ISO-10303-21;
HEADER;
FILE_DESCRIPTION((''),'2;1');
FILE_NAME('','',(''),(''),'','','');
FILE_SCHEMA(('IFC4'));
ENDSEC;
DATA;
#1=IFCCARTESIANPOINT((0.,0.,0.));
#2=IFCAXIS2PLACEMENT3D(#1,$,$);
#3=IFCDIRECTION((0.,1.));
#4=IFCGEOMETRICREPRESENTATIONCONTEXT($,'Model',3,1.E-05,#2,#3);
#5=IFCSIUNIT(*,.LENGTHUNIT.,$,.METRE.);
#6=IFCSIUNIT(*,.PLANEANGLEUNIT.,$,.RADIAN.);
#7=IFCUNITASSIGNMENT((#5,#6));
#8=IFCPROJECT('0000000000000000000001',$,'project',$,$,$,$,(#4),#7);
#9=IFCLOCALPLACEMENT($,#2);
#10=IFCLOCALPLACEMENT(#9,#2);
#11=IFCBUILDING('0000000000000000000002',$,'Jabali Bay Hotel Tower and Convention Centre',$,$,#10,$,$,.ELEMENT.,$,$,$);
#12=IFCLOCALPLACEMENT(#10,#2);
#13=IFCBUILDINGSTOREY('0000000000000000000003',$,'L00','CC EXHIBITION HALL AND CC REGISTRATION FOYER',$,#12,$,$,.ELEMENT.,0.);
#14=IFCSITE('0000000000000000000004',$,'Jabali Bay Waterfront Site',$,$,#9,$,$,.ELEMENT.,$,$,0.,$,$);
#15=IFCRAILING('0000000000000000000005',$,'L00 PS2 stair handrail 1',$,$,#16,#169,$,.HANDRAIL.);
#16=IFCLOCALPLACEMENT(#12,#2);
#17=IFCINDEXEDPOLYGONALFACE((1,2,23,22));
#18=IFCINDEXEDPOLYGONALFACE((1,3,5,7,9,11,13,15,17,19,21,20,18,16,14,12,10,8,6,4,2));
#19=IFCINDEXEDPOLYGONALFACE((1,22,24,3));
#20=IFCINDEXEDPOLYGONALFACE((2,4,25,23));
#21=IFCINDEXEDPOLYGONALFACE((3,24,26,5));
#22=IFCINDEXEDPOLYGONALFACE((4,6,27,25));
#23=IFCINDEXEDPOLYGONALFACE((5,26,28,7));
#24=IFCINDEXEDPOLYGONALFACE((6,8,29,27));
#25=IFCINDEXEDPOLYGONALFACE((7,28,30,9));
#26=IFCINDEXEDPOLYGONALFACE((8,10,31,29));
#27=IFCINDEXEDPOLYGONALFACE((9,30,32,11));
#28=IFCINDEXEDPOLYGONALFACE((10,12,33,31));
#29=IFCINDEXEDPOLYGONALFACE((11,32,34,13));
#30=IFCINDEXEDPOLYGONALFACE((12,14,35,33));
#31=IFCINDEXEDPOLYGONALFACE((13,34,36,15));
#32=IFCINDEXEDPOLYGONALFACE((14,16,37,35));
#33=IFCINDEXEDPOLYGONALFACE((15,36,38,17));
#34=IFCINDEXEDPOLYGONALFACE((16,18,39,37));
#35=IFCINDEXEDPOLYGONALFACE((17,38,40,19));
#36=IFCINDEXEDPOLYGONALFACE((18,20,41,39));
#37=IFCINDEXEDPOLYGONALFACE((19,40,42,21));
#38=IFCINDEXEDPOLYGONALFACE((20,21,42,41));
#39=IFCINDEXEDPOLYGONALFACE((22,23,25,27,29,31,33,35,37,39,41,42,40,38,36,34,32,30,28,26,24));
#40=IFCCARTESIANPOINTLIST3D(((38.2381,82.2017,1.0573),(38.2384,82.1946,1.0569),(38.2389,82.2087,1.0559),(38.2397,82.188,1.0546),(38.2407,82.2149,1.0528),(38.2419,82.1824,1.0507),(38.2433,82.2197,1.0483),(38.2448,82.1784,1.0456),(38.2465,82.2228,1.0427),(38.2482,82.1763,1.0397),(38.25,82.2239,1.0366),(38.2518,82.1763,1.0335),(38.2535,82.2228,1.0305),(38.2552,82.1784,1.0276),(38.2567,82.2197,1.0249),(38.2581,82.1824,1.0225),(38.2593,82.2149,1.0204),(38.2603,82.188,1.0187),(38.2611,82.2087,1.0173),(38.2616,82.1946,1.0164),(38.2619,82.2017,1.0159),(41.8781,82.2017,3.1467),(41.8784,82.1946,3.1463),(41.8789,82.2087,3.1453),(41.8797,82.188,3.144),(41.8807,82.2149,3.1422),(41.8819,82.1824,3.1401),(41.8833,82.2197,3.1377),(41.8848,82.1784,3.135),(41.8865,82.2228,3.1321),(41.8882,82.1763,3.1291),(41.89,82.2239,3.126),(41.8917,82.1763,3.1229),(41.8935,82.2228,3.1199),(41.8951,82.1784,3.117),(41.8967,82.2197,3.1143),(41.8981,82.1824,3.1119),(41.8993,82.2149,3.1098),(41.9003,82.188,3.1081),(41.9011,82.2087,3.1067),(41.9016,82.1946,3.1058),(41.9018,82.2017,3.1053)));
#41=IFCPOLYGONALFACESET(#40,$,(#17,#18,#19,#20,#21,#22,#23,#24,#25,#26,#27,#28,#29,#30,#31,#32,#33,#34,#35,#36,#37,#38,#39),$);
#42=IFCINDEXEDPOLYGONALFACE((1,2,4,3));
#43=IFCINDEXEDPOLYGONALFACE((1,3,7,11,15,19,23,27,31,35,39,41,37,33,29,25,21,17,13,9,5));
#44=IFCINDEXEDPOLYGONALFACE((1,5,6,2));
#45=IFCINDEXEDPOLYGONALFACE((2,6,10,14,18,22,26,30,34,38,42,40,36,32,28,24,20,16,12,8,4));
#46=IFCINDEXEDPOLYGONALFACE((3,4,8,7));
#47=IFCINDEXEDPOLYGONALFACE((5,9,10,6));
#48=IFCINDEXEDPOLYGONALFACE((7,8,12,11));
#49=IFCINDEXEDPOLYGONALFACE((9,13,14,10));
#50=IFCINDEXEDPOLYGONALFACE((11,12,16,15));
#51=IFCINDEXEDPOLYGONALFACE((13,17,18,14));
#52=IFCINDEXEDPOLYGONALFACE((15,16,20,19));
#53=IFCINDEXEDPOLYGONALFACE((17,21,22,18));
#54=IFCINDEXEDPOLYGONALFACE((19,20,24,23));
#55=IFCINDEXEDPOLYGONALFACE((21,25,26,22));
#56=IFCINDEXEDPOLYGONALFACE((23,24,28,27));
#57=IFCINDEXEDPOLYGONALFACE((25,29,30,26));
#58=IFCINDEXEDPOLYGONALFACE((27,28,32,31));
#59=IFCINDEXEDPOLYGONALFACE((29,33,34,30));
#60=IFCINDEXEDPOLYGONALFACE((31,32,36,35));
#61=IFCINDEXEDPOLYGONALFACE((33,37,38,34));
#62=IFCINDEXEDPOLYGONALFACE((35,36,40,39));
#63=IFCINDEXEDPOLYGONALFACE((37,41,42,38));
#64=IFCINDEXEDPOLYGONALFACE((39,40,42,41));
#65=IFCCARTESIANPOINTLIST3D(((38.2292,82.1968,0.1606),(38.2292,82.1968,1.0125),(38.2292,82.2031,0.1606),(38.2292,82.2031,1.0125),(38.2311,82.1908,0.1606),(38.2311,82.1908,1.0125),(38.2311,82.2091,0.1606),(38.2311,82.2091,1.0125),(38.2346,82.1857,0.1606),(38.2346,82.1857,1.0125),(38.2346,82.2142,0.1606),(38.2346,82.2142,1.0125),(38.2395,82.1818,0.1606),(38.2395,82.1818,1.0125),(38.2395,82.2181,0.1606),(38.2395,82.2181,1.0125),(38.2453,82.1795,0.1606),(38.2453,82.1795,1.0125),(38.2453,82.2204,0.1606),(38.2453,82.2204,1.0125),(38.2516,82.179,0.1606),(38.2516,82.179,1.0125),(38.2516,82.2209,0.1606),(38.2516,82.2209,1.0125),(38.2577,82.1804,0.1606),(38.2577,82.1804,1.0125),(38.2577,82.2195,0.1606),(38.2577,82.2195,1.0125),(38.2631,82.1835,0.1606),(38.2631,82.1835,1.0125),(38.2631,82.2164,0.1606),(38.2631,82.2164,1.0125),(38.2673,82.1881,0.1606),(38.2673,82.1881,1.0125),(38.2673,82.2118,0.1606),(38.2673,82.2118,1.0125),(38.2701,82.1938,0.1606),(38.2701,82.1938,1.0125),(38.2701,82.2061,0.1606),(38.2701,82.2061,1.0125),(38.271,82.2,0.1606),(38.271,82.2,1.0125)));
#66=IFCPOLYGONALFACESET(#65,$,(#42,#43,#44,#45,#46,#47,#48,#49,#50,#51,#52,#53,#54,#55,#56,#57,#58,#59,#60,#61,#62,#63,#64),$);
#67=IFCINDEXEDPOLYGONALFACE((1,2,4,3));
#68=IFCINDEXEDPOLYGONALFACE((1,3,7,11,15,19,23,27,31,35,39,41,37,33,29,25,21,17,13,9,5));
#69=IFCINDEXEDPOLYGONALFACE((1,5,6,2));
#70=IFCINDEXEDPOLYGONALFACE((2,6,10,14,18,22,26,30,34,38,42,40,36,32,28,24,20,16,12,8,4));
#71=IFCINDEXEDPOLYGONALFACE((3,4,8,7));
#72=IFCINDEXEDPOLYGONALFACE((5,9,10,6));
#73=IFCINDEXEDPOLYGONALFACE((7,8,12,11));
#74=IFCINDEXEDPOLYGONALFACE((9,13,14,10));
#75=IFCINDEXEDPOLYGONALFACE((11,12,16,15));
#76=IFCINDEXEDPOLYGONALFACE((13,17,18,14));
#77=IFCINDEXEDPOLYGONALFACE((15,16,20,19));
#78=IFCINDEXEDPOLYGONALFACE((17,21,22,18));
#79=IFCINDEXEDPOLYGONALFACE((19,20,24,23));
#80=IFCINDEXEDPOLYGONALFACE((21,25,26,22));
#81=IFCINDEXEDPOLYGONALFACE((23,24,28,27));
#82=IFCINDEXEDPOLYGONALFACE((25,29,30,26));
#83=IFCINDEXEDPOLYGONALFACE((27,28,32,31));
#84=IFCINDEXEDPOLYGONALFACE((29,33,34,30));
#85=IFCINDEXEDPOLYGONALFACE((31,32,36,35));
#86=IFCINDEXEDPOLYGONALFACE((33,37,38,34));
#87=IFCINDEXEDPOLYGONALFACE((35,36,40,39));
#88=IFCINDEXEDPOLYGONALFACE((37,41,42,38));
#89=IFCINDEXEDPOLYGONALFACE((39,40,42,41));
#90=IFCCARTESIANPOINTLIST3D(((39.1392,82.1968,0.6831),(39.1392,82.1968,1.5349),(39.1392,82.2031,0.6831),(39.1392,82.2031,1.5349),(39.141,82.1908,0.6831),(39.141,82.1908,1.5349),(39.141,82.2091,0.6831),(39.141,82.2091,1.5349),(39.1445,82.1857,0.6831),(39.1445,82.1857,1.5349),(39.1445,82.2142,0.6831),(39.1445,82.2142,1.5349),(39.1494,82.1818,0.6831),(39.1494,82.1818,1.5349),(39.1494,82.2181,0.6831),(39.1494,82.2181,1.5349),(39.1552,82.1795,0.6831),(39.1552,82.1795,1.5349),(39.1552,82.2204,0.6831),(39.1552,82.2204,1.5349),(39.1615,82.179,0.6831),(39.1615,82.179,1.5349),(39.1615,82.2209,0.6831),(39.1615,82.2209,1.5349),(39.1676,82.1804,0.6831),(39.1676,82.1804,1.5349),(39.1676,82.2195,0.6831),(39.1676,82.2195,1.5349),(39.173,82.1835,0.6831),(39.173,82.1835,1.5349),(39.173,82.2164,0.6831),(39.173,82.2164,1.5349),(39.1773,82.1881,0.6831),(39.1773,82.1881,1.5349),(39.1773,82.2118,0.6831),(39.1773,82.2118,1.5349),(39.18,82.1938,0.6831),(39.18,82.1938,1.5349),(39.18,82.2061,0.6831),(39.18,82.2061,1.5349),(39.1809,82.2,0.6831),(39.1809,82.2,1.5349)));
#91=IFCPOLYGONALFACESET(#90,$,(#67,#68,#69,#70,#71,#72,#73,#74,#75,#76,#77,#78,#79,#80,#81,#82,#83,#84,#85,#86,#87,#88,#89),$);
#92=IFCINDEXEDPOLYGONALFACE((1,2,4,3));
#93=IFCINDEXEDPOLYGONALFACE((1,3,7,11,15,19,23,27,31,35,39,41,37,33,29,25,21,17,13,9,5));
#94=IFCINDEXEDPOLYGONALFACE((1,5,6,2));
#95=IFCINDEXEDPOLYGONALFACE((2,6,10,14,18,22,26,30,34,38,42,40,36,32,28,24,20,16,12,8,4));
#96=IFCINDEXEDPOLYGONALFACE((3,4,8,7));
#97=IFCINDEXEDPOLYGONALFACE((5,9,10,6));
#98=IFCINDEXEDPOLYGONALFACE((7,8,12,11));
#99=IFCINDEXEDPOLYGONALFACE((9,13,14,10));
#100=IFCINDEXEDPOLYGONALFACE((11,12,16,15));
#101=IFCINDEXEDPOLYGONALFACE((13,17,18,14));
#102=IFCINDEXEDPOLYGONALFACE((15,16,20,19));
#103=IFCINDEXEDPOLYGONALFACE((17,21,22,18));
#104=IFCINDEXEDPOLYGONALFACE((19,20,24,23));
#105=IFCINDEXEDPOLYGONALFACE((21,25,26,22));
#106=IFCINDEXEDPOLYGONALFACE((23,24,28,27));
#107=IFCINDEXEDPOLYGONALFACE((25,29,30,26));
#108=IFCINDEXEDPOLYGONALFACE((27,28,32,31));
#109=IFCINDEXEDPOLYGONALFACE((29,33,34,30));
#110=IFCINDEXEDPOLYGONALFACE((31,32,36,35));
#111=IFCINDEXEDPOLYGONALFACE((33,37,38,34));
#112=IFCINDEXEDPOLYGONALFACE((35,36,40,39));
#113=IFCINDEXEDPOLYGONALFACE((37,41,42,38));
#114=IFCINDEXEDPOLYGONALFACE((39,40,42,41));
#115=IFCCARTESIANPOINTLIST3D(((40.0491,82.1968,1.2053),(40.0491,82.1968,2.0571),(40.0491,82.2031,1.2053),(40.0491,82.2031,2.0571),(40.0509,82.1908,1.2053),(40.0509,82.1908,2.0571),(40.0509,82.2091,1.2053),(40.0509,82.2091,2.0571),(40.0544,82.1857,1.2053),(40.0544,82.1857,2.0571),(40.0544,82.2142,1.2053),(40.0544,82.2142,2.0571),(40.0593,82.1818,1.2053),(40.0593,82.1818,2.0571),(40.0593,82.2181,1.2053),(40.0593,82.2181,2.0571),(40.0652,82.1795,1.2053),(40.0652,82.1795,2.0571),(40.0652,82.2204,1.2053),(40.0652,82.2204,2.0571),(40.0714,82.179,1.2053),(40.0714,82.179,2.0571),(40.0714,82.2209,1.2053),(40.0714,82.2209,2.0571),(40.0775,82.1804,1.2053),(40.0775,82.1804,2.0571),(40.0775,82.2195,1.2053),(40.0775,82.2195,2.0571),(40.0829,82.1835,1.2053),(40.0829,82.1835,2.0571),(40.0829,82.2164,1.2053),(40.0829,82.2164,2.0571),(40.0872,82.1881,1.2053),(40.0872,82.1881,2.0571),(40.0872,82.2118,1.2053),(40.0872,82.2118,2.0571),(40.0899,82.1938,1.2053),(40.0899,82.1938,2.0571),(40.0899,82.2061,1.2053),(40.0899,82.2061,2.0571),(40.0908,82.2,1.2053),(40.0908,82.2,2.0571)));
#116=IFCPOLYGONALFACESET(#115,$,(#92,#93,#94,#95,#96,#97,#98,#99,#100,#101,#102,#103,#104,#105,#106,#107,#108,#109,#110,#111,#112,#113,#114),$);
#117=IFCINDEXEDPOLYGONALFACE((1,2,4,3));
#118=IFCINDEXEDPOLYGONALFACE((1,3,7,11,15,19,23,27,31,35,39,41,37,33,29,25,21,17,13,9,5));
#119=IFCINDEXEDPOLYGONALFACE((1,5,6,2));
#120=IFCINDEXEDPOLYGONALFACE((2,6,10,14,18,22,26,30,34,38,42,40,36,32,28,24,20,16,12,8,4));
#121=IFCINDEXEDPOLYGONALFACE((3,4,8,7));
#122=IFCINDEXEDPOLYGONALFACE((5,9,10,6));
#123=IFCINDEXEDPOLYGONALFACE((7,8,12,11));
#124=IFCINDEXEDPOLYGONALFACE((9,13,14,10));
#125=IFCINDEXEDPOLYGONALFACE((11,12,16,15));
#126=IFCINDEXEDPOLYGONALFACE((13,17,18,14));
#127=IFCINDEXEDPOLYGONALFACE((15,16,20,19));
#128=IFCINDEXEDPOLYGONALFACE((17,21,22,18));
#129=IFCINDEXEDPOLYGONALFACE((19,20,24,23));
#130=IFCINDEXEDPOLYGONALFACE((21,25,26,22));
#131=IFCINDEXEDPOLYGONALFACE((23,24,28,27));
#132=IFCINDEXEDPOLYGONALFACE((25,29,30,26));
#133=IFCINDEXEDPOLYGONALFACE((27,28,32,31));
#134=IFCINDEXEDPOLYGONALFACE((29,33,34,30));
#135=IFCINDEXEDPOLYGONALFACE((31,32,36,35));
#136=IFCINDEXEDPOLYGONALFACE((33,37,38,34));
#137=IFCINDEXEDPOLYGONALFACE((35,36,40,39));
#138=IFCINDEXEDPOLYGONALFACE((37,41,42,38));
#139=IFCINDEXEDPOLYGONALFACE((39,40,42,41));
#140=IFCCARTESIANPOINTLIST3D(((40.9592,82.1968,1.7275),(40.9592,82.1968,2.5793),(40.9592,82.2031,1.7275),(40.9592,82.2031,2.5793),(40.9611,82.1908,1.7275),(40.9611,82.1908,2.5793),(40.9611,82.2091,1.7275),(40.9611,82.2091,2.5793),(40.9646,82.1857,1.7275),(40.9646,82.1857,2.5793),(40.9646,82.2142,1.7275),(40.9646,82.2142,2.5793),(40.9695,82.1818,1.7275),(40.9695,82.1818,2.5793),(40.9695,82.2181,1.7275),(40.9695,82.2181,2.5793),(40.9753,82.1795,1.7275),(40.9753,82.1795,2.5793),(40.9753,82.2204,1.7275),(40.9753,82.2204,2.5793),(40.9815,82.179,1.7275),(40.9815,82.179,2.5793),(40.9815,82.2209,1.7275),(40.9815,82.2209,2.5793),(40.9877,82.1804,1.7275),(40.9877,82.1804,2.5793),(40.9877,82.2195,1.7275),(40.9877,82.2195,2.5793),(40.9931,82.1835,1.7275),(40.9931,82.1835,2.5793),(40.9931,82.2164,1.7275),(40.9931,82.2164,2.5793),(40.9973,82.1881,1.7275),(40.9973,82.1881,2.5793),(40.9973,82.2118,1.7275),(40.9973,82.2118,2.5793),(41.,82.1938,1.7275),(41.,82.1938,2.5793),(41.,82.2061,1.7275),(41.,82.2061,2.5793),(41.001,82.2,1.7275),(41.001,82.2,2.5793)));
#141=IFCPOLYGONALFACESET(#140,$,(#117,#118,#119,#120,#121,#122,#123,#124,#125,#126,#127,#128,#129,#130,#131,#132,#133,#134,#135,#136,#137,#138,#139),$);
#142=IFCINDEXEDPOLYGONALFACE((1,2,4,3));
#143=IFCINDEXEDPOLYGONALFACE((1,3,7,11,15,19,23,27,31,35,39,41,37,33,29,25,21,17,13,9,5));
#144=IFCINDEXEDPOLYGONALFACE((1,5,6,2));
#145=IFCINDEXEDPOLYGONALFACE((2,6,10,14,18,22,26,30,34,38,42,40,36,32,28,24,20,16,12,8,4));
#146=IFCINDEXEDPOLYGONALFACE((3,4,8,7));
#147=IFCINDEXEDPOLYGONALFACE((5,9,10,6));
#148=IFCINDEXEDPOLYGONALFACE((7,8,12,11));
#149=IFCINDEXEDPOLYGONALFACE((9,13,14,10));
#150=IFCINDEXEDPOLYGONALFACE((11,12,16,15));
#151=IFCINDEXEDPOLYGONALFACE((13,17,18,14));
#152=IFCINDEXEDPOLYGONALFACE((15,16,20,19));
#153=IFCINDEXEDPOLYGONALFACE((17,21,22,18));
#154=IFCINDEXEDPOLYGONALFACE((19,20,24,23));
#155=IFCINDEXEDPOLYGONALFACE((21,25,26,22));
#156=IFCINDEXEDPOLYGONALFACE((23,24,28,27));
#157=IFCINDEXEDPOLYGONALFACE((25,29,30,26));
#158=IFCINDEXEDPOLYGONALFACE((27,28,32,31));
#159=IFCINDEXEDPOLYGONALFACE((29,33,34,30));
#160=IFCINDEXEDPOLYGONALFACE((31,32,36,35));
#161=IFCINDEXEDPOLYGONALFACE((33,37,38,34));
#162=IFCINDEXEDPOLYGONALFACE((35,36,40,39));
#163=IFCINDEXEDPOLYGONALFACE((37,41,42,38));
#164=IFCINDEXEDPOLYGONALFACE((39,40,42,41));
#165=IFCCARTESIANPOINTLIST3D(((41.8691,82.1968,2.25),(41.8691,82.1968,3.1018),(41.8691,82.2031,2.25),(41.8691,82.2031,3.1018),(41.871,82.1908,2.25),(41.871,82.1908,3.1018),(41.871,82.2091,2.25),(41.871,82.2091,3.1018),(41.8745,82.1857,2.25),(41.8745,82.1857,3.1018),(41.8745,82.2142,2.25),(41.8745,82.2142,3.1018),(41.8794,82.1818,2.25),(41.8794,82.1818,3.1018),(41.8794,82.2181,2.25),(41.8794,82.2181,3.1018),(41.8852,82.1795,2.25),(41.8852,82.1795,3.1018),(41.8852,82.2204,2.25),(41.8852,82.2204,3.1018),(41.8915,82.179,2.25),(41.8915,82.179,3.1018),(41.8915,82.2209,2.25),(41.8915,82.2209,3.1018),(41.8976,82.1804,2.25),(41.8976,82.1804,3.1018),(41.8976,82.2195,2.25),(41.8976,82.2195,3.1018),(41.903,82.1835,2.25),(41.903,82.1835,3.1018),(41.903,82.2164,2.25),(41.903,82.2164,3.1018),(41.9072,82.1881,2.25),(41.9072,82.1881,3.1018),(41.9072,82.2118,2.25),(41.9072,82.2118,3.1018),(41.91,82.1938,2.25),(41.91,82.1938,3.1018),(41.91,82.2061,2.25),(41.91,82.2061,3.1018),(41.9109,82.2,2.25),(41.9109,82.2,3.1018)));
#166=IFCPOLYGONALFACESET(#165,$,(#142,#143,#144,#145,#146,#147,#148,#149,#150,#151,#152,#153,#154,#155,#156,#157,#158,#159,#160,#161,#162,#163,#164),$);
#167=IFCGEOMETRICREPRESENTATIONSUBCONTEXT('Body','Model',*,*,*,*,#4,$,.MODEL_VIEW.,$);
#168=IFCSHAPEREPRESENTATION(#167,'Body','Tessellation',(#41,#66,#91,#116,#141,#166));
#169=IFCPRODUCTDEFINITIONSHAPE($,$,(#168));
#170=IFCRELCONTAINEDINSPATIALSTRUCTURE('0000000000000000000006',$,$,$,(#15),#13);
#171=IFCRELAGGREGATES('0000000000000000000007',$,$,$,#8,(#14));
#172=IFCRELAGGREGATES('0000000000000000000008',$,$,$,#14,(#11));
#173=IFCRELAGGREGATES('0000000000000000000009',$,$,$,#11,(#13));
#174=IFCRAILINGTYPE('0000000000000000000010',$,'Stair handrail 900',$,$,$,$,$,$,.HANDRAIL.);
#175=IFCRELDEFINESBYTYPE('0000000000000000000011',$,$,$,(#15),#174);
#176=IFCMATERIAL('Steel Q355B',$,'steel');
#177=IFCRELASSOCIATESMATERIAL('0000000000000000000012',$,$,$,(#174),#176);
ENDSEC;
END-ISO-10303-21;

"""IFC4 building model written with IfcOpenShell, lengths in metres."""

from ifc_helpers import new_model, si_unit, direction, frame, origin, origin_2d, place, context, subcontext, project, spatial, circle, extrude, material, type_object, element, save


model = new_model("IFC4")

# Units and contexts
model_context = context("Model", 3, precision=1e-05, world=origin(), true_north=direction((0.0, 1.0)))
body_context = subcontext(model_context, "Body", "Model", "MODEL_VIEW")
ifc_project = project(units=[si_unit("LENGTHUNIT", "METRE"), si_unit("PLANEANGLEUNIT", "RADIAN")], contexts=[model_context])

# Site, building, storey
site_placement = place(None, origin())
site = spatial("IfcSite", under=ifc_project, at=site_placement, Name="Jabali Bay Waterfront Site", CompositionType="ELEMENT", RefElevation=0.0)
building_placement = place(site_placement, origin())
building = spatial("IfcBuilding", under=site, at=building_placement, Name="Jabali Bay Hotel Tower and Convention Centre", CompositionType="ELEMENT")
storey_placement = place(building_placement, origin())
storey = spatial("IfcBuildingStorey", under=building, at=storey_placement, Name="L00", Description="CC EXHIBITION HALL AND CC REGISTRATION FOYER", CompositionType="ELEMENT", Elevation=0.0)

# Railing
ifc_material_1 = material(Name="Steel Q355B", Category="steel")
railing_type_1 = type_object("IfcRailingType", Name="Stair handrail 900", PredefinedType="HANDRAIL", material=ifc_material_1)
railing_1_placement = place(storey_placement, frame((38.25, 82.2, 0.1606)))
element("IfcRailing", 1, at=railing_1_placement, inside=storey, type_object=railing_type_1, Name="L00 PS2 stair handrail 1", PredefinedType="HANDRAIL", context=body_context, shape_type="SweptSolid", body=[
    extrude(circle(Radius=0.0239, at=origin_2d()), frame((0.0, 0.0, 0.876), z_axis=(0.867275, 0.0, 0.497829), x_axis=(0.0, 1.0, 0.0)), (0.0, 0.0, 1.0), 4.197),
    extrude(circle(Radius=0.021, at=origin_2d()), origin(), (0.0, 0.0, 1.0), 0.8518),
    extrude(circle(Radius=0.021, at=origin_2d()), frame((0.9099, 0.0, 0.5225)), (0.0, 0.0, 1.0), 0.8518),
    extrude(circle(Radius=0.021, at=origin_2d()), frame((1.8198, 0.0, 1.0447)), (0.0, 0.0, 1.0), 0.8518),
    extrude(circle(Radius=0.021, at=origin_2d()), frame((2.73, 0.0, 1.5669)), (0.0, 0.0, 1.0), 0.8518),
    extrude(circle(Radius=0.021, at=origin_2d()), frame((3.6399, 0.0, 2.0894)), (0.0, 0.0, 1.0), 0.8518),
])

save(model, "model.ifc")
